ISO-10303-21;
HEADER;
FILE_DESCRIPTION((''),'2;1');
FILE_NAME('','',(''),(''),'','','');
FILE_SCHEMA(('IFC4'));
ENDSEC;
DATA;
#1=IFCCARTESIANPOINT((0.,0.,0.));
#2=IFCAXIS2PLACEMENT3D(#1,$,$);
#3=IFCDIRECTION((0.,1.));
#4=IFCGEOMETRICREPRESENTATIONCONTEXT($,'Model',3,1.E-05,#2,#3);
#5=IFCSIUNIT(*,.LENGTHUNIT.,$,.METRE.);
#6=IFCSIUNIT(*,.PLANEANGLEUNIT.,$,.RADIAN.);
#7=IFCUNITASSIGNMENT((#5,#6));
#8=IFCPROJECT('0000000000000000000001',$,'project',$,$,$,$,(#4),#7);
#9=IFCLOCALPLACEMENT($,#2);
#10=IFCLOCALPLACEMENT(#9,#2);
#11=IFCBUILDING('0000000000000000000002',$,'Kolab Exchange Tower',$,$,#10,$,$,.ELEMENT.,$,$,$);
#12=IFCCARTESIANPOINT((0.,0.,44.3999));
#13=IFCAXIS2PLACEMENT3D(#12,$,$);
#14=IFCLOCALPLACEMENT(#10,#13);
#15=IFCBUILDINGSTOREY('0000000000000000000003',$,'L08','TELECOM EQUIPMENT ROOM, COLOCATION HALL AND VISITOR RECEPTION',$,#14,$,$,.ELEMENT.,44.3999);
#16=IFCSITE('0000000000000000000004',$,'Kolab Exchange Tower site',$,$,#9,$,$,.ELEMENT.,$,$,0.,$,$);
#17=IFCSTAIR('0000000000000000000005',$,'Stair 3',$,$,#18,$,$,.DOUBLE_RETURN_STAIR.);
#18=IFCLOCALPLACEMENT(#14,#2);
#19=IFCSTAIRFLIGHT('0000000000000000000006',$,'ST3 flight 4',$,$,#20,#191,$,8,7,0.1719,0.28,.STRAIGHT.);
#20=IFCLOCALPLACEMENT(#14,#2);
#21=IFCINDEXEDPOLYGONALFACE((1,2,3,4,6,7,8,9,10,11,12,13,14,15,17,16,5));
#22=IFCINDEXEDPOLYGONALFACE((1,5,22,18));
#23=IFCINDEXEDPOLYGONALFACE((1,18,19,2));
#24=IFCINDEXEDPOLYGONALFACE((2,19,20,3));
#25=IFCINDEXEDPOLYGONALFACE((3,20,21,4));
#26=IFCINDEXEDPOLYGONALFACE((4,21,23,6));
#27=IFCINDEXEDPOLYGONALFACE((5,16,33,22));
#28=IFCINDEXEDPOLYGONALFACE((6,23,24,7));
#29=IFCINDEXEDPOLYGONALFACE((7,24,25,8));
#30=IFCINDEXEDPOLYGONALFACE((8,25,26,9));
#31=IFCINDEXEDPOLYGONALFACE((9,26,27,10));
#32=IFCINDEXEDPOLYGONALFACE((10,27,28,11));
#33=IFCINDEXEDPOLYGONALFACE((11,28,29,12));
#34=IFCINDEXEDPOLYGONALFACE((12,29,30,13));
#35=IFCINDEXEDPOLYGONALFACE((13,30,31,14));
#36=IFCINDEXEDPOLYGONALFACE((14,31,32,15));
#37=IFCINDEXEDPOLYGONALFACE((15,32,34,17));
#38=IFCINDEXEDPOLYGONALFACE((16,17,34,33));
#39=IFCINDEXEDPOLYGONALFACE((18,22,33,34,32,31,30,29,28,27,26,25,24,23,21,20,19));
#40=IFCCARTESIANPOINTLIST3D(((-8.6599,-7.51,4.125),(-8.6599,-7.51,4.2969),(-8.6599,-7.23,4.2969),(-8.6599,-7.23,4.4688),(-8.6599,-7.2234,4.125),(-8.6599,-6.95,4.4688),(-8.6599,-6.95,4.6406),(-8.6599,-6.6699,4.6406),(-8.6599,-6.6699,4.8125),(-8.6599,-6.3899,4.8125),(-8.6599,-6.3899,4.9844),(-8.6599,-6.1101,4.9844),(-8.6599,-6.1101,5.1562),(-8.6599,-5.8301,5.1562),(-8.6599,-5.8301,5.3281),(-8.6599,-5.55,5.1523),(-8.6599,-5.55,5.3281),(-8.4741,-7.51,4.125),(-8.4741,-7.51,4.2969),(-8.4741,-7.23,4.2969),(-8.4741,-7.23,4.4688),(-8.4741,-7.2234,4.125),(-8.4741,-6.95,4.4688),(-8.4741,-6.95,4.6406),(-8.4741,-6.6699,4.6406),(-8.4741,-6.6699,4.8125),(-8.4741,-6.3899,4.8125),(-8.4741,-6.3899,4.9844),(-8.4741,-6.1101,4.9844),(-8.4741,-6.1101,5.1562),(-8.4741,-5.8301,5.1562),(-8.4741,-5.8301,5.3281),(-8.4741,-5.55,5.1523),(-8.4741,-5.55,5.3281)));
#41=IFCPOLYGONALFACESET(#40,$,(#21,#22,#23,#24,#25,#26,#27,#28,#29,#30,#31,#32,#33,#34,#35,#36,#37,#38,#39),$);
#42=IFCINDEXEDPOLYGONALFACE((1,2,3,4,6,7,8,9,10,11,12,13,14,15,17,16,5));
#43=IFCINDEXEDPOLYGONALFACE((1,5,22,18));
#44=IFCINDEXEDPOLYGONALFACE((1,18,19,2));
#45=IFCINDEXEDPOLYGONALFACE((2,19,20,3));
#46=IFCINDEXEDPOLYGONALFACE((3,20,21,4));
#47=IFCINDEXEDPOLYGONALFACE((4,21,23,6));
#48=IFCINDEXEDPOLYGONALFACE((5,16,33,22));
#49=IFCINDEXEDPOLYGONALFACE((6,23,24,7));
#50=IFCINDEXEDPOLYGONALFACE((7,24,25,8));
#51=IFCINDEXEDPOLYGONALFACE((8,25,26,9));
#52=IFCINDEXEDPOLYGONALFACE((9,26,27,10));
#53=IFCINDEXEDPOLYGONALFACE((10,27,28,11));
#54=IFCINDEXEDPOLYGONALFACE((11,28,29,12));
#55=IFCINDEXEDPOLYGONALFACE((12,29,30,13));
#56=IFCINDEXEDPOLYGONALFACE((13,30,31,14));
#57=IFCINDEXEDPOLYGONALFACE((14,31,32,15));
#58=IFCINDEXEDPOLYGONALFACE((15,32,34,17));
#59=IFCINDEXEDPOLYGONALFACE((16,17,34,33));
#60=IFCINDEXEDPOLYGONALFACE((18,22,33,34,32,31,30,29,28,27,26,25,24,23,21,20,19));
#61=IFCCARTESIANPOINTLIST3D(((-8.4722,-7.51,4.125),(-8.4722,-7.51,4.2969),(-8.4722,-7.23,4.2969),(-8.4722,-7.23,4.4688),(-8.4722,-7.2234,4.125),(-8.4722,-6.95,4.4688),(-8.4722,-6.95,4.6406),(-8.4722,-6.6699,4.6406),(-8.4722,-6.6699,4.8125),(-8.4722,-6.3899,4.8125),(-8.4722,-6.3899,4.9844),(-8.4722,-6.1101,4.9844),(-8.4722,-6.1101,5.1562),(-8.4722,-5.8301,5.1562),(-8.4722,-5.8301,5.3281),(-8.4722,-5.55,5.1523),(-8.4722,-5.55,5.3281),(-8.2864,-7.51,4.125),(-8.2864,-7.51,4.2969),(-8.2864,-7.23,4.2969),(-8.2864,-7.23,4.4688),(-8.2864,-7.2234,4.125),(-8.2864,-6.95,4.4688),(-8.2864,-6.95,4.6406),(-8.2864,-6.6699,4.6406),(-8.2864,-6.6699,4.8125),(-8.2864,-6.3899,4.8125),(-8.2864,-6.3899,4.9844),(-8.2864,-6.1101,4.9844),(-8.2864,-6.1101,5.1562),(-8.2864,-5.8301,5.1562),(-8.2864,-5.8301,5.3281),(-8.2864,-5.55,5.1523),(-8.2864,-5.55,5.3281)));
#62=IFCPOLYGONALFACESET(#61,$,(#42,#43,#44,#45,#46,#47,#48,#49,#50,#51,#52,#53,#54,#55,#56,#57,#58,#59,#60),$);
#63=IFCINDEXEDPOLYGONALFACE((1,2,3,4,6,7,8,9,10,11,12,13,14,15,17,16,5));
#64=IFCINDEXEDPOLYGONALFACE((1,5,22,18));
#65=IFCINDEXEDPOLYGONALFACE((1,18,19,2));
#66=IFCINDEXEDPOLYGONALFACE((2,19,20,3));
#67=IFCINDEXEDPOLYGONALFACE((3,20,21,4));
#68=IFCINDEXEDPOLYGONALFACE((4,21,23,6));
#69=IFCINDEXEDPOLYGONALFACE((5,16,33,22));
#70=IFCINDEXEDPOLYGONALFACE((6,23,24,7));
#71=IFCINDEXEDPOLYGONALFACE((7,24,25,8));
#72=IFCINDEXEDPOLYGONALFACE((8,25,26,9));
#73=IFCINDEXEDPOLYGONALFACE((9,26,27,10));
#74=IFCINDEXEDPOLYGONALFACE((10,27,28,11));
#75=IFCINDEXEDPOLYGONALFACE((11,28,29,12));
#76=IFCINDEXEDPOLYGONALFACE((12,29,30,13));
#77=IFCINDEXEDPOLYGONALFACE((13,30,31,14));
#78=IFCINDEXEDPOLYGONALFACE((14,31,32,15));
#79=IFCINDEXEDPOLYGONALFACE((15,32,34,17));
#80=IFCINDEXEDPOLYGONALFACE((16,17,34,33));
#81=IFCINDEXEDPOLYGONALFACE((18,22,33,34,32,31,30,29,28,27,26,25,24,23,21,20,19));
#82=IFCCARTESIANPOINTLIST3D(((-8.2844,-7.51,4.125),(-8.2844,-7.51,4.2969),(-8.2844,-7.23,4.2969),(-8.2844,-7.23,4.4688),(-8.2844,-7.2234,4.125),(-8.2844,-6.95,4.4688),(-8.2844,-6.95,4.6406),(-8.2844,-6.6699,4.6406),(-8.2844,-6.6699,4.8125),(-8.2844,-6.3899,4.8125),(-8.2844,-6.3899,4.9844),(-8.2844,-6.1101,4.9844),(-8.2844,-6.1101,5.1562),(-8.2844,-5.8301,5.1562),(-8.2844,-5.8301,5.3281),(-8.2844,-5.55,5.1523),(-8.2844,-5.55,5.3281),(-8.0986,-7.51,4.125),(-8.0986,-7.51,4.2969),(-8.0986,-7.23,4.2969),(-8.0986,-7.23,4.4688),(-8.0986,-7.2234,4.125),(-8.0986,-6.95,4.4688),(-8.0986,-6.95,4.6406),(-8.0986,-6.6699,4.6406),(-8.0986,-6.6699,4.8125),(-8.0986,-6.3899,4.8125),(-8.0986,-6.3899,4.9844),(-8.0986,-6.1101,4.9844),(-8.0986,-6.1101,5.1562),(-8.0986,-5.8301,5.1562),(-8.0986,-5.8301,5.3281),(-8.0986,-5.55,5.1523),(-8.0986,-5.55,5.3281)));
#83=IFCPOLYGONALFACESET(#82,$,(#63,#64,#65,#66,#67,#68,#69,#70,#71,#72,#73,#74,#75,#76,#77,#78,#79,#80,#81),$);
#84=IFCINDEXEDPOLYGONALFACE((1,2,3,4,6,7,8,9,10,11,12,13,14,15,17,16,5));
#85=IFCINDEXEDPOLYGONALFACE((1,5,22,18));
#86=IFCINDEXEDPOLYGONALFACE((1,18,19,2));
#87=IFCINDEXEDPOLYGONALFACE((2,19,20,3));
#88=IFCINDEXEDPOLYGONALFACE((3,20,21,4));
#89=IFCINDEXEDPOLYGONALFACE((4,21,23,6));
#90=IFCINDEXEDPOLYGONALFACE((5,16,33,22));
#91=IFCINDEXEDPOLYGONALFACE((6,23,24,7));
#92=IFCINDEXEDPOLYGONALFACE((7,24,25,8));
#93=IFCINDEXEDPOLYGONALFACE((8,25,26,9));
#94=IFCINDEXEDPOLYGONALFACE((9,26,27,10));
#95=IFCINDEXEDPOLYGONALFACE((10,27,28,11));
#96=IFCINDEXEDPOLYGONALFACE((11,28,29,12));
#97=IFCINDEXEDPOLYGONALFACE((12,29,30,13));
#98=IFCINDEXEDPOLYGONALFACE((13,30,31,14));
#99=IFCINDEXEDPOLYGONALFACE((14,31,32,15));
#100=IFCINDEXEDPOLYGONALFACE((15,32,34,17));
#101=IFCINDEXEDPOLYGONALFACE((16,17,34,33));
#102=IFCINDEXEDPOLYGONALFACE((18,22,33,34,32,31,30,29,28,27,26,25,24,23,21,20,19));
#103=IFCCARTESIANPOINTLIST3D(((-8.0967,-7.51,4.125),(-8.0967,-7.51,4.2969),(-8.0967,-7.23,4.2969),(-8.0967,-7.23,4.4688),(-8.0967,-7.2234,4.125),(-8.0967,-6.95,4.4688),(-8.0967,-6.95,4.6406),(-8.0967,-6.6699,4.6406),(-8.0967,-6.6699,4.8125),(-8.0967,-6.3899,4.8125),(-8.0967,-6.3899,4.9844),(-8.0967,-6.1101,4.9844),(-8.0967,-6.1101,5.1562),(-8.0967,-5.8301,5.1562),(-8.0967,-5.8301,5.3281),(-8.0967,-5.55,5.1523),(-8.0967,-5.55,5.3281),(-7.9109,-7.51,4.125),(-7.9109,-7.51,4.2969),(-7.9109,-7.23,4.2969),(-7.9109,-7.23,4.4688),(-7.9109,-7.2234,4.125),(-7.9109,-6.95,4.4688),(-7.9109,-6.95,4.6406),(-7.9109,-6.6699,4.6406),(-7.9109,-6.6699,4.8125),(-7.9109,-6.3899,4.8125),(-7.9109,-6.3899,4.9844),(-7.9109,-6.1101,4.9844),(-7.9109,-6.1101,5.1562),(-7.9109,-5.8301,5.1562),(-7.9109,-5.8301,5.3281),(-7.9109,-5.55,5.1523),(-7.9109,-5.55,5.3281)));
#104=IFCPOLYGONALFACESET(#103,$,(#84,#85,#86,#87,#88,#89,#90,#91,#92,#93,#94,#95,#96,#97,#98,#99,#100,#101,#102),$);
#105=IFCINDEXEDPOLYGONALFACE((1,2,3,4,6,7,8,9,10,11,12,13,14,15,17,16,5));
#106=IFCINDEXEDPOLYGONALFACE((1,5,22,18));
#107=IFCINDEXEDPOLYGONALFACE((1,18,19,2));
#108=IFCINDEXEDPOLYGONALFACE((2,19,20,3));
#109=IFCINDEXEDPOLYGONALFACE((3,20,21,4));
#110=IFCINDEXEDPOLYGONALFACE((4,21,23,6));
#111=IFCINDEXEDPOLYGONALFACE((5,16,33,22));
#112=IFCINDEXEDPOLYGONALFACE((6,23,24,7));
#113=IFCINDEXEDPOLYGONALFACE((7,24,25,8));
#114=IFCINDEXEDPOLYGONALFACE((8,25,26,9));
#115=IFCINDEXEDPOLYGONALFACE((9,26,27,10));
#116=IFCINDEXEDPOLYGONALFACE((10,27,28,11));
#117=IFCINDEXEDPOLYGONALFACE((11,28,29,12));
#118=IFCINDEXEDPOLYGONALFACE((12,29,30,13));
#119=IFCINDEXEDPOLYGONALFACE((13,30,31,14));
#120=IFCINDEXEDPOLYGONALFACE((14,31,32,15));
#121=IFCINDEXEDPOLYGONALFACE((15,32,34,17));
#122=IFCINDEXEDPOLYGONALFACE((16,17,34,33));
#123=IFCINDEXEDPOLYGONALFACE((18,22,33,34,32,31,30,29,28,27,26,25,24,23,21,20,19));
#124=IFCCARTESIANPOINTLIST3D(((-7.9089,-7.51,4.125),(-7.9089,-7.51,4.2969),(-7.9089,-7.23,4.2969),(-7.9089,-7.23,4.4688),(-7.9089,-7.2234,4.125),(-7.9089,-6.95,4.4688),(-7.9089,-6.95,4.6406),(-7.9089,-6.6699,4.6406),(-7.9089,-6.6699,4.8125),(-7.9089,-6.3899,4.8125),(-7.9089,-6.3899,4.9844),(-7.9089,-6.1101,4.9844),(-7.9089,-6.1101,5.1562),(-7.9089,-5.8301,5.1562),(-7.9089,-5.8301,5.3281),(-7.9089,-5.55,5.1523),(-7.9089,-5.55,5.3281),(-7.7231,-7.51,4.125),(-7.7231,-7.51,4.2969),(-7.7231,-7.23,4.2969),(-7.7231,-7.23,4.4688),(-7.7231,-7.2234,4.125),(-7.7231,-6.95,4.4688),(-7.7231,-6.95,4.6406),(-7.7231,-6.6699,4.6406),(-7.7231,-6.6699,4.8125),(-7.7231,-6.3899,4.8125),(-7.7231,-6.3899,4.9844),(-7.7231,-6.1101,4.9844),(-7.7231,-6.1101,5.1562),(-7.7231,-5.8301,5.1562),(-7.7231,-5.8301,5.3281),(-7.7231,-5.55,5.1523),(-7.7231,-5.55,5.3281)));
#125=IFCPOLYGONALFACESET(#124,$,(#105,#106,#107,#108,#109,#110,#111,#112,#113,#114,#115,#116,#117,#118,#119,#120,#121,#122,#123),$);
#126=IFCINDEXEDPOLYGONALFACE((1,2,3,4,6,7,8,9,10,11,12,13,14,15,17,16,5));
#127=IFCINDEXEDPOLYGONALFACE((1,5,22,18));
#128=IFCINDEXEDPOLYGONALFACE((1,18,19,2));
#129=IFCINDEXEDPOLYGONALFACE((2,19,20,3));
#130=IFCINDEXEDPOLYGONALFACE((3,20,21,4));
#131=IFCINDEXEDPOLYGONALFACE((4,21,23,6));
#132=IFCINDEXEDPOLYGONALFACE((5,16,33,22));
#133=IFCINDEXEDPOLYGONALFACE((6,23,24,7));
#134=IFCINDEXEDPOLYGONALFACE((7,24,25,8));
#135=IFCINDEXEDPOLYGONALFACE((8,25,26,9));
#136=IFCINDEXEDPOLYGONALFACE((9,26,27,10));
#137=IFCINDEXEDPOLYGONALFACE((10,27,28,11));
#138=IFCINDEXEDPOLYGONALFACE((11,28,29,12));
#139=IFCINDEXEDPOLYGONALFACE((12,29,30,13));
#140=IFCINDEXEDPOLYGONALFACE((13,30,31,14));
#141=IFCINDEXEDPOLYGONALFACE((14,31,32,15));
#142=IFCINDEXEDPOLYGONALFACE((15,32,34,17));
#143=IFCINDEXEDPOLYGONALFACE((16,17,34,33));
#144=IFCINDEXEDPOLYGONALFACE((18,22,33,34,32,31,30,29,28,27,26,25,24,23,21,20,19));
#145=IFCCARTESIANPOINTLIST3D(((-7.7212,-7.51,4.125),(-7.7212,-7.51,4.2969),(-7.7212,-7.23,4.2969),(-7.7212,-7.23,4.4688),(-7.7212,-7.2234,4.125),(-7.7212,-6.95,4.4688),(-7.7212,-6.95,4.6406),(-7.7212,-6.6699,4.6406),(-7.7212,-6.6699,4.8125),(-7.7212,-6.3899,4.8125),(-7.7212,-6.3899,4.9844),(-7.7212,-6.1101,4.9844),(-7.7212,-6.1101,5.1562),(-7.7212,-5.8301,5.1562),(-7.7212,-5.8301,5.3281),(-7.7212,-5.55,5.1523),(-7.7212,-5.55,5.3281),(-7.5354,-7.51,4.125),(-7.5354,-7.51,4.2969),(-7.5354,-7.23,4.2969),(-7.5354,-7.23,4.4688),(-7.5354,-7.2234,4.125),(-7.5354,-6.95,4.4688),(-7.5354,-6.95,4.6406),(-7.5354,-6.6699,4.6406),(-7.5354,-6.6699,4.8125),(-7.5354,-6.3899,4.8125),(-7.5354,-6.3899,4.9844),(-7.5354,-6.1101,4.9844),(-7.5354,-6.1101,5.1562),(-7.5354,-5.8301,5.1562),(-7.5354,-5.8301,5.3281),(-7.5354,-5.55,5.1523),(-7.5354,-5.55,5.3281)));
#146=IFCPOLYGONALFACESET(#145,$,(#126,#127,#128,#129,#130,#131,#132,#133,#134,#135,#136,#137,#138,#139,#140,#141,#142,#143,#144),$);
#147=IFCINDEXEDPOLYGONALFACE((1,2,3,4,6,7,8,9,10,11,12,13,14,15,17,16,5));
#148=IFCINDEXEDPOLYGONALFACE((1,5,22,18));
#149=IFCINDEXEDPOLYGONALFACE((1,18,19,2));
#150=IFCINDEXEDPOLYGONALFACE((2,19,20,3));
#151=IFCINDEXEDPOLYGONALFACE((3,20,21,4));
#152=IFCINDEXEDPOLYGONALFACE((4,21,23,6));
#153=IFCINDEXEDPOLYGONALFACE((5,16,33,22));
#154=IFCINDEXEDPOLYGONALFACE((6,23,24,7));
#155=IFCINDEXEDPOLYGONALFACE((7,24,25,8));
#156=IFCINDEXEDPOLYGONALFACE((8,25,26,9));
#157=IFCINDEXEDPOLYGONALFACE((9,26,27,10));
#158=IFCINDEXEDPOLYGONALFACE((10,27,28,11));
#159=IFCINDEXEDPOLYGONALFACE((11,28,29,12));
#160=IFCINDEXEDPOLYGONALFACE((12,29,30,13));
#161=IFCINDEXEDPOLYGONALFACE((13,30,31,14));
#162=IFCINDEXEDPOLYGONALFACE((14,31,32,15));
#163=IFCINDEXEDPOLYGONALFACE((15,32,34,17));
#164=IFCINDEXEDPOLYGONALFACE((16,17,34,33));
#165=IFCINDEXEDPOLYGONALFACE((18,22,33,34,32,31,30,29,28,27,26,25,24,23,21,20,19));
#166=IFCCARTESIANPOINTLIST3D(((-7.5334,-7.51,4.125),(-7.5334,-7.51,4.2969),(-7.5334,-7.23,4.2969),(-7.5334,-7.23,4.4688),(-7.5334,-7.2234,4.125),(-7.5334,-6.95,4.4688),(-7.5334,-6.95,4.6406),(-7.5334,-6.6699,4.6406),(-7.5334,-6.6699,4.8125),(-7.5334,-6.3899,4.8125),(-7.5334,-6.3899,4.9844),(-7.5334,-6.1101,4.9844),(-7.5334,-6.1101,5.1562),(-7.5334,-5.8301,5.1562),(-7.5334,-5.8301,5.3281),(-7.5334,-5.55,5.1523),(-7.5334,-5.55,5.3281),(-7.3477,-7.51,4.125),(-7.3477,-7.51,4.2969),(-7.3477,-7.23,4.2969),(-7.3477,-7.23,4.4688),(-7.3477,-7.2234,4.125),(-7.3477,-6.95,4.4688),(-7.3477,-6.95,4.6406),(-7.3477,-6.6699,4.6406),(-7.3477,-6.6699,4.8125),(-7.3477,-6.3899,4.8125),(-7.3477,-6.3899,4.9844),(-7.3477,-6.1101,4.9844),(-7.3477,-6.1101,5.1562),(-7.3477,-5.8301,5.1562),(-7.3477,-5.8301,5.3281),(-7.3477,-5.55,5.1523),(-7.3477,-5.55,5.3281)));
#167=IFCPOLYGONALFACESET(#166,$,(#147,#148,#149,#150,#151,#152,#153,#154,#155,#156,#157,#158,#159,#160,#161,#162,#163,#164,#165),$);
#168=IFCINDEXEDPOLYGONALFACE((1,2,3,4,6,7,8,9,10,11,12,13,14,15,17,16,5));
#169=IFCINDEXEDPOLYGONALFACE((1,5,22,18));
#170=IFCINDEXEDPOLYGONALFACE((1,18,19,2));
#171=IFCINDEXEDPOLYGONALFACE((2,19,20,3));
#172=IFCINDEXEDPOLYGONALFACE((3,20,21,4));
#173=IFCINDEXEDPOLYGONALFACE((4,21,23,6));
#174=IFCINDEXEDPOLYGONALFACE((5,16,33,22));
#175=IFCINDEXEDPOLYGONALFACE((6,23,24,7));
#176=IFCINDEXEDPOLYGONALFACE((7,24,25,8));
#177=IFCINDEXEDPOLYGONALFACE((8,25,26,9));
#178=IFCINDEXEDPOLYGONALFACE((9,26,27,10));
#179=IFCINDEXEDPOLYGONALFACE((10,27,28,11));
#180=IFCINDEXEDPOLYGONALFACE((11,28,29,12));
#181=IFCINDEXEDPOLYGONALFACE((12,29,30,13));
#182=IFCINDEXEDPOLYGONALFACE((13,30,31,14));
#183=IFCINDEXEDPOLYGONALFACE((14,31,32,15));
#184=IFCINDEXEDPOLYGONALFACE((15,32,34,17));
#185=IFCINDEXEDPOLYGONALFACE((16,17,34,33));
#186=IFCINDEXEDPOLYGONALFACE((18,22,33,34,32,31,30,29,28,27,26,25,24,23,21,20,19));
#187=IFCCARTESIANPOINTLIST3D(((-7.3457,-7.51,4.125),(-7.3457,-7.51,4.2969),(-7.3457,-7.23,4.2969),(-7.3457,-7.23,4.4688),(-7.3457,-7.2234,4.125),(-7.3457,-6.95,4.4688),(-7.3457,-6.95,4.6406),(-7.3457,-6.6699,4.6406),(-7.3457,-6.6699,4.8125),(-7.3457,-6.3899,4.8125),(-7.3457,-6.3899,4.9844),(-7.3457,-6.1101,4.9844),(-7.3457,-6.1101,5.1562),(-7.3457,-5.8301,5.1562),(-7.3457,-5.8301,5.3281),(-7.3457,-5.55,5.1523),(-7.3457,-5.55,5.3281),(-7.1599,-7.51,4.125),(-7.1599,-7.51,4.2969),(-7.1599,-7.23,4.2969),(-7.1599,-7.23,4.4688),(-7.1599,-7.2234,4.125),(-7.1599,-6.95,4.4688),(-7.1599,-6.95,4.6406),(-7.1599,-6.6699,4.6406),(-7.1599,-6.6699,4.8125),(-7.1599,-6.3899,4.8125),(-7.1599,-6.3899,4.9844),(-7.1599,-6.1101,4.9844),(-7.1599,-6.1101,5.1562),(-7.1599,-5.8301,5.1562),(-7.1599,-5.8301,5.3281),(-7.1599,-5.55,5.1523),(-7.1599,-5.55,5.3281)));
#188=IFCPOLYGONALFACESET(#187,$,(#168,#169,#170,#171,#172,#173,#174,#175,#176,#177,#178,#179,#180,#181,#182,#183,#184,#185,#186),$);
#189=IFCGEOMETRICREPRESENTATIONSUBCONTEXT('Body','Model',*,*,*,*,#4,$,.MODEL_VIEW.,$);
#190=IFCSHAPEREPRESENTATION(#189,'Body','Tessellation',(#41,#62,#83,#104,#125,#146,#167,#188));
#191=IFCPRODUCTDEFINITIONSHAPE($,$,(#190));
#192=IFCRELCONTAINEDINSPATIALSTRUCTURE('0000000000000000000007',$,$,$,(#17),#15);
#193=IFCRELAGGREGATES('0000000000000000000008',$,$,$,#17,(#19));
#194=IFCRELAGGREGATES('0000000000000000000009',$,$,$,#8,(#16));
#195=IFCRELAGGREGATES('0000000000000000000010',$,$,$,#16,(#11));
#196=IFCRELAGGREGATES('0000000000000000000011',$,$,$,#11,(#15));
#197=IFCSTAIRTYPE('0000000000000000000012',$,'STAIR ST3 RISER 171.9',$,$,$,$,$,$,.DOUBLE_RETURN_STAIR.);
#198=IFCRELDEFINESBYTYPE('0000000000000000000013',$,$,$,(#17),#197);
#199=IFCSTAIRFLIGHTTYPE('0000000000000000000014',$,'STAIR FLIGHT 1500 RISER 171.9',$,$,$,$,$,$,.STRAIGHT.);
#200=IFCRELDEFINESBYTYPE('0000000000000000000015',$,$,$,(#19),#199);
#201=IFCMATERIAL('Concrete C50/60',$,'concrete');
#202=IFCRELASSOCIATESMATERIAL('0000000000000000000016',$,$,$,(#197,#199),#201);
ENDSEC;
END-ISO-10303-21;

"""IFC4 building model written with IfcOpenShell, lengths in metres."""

from ifc_helpers import new_model, si_unit, direction, frame, origin, place, context, subcontext, project, spatial, polyline, outline, extrude, material, type_object, element, aggregate, save


model = new_model("IFC4")

# Units and contexts
model_context = context("Model", 3, precision=1e-05, world=origin(), true_north=direction((0.0, 1.0)))
body_context = subcontext(model_context, "Body", "Model", "MODEL_VIEW")
ifc_project = project(units=[si_unit("LENGTHUNIT", "METRE"), si_unit("PLANEANGLEUNIT", "RADIAN")], contexts=[model_context])

# Site, building, storey
site_placement = place(None, origin())
site = spatial("IfcSite", under=ifc_project, at=site_placement, Name="Kolab Exchange Tower site", CompositionType="ELEMENT", RefElevation=0.0)
building_placement = place(site_placement, origin())
building = spatial("IfcBuilding", under=site, at=building_placement, Name="Kolab Exchange Tower", CompositionType="ELEMENT")
storey_placement = place(building_placement, frame((0.0, 0.0, 44.3999)))
storey = spatial("IfcBuildingStorey", under=building, at=storey_placement, Name="L08", Description="TELECOM EQUIPMENT ROOM, COLOCATION HALL AND VISITOR RECEPTION", CompositionType="ELEMENT", Elevation=44.3999)

# Shared definitions
ifc_material_1 = material(Name="Concrete C50/60", Category="concrete")

# Stair, stair flight
stair_type = type_object("IfcStairType", Name="STAIR ST3 RISER 171.9", PredefinedType="DOUBLE_RETURN_STAIR", material=ifc_material_1)
stair_placement = place(storey_placement, origin())
stair = element("IfcStair", 1, at=stair_placement, inside=storey, type_object=stair_type, Name="Stair 3", PredefinedType="DOUBLE_RETURN_STAIR")
stair_flight_type = type_object("IfcStairFlightType", Name="STAIR FLIGHT 1500 RISER 171.9", PredefinedType="STRAIGHT", material=ifc_material_1)
stair_flight_1_placement = place(storey_placement, frame((-7.9099, -7.51, 4.125), z_axis=(0.0, 0.0, 1.0), x_axis=(0.0, 1.0, 0.0)))
stair_flight_1 = element("IfcStairFlight", 2, at=stair_flight_1_placement, type_object=stair_flight_type, Name="ST3 flight 4", NumberOfRisers=8, NumberOfTreads=7, PredefinedType="STRAIGHT", RiserHeight=0.1719, TreadLength=0.28, context=body_context, shape_type="SweptSolid", body=[
    extrude(outline(polyline([(0.0, 0.0), (0.0, 0.1719), (0.28, 0.1719), (0.28, 0.3438), (0.5601, 0.3438), (0.5601, 0.5156), (0.8401, 0.5156), (0.8401, 0.6875), (1.1201, 0.6875), (1.1201, 0.8594), (1.3999, 0.8594), (1.3999, 1.0312), (1.6799, 1.0312), (1.6799, 1.2031), (1.96, 1.2031), (1.96, 1.375), (1.96, 1.0273), (0.2866, 0.0), (0.0, 0.0)])), frame((0.0, 0.75, 0.0), z_axis=(0.0, -1.0, 0.0), x_axis=(1.0, 0.0, 0.0)), (0.0, 0.0, 1.0), 0.1858),
    extrude(outline(polyline([(0.0, 0.0), (0.0, 0.1719), (0.28, 0.1719), (0.28, 0.3438), (0.5601, 0.3438), (0.5601, 0.5156), (0.8401, 0.5156), (0.8401, 0.6875), (1.1201, 0.6875), (1.1201, 0.8594), (1.3999, 0.8594), (1.3999, 1.0312), (1.6799, 1.0312), (1.6799, 1.2031), (1.96, 1.2031), (1.96, 1.375), (1.96, 1.0273), (0.2866, 0.0), (0.0, 0.0)])), frame((0.0, 0.5623, 0.0), z_axis=(0.0, -1.0, 0.0), x_axis=(1.0, 0.0, 0.0)), (0.0, 0.0, 1.0), 0.1858),
    extrude(outline(polyline([(0.0, 0.0), (0.0, 0.1719), (0.28, 0.1719), (0.28, 0.3438), (0.5601, 0.3438), (0.5601, 0.5156), (0.8401, 0.5156), (0.8401, 0.6875), (1.1201, 0.6875), (1.1201, 0.8594), (1.3999, 0.8594), (1.3999, 1.0312), (1.6799, 1.0312), (1.6799, 1.2031), (1.96, 1.2031), (1.96, 1.375), (1.96, 1.0273), (0.2866, 0.0), (0.0, 0.0)])), frame((0.0, 0.3745, 0.0), z_axis=(0.0, -1.0, 0.0), x_axis=(1.0, 0.0, 0.0)), (0.0, 0.0, 1.0), 0.1858),
    extrude(outline(polyline([(0.0, 0.0), (0.0, 0.1719), (0.28, 0.1719), (0.28, 0.3438), (0.5601, 0.3438), (0.5601, 0.5156), (0.8401, 0.5156), (0.8401, 0.6875), (1.1201, 0.6875), (1.1201, 0.8594), (1.3999, 0.8594), (1.3999, 1.0312), (1.6799, 1.0312), (1.6799, 1.2031), (1.96, 1.2031), (1.96, 1.375), (1.96, 1.0273), (0.2866, 0.0), (0.0, 0.0)])), frame((0.0, 0.1868, 0.0), z_axis=(0.0, -1.0, 0.0), x_axis=(1.0, 0.0, 0.0)), (0.0, 0.0, 1.0), 0.1858),
    extrude(outline(polyline([(0.0, 0.0), (0.0, 0.1719), (0.28, 0.1719), (0.28, 0.3438), (0.5601, 0.3438), (0.5601, 0.5156), (0.8401, 0.5156), (0.8401, 0.6875), (1.1201, 0.6875), (1.1201, 0.8594), (1.3999, 0.8594), (1.3999, 1.0312), (1.6799, 1.0312), (1.6799, 1.2031), (1.96, 1.2031), (1.96, 1.375), (1.96, 1.0273), (0.2866, 0.0), (0.0, 0.0)])), frame((0.0, -0.001, 0.0), z_axis=(0.0, -1.0, 0.0), x_axis=(1.0, 0.0, 0.0)), (0.0, 0.0, 1.0), 0.1858),
    extrude(outline(polyline([(0.0, 0.0), (0.0, 0.1719), (0.28, 0.1719), (0.28, 0.3438), (0.5601, 0.3438), (0.5601, 0.5156), (0.8401, 0.5156), (0.8401, 0.6875), (1.1201, 0.6875), (1.1201, 0.8594), (1.3999, 0.8594), (1.3999, 1.0312), (1.6799, 1.0312), (1.6799, 1.2031), (1.96, 1.2031), (1.96, 1.375), (1.96, 1.0273), (0.2866, 0.0), (0.0, 0.0)])), frame((0.0, -0.1887, 0.0), z_axis=(0.0, -1.0, 0.0), x_axis=(1.0, 0.0, 0.0)), (0.0, 0.0, 1.0), 0.1858),
    extrude(outline(polyline([(0.0, 0.0), (0.0, 0.1719), (0.28, 0.1719), (0.28, 0.3438), (0.5601, 0.3438), (0.5601, 0.5156), (0.8401, 0.5156), (0.8401, 0.6875), (1.1201, 0.6875), (1.1201, 0.8594), (1.3999, 0.8594), (1.3999, 1.0312), (1.6799, 1.0312), (1.6799, 1.2031), (1.96, 1.2031), (1.96, 1.375), (1.96, 1.0273), (0.2866, 0.0), (0.0, 0.0)])), frame((0.0, -0.3765, 0.0), z_axis=(0.0, -1.0, 0.0), x_axis=(1.0, 0.0, 0.0)), (0.0, 0.0, 1.0), 0.1858),
    extrude(outline(polyline([(0.0, 0.0), (0.0, 0.1719), (0.28, 0.1719), (0.28, 0.3438), (0.5601, 0.3438), (0.5601, 0.5156), (0.8401, 0.5156), (0.8401, 0.6875), (1.1201, 0.6875), (1.1201, 0.8594), (1.3999, 0.8594), (1.3999, 1.0312), (1.6799, 1.0312), (1.6799, 1.2031), (1.96, 1.2031), (1.96, 1.375), (1.96, 1.0273), (0.2866, 0.0), (0.0, 0.0)])), frame((0.0, -0.5642, 0.0), z_axis=(0.0, -1.0, 0.0), x_axis=(1.0, 0.0, 0.0)), (0.0, 0.0, 1.0), 0.1858),
])
aggregate(stair, [stair_flight_1])

save(model, "model.ifc")
